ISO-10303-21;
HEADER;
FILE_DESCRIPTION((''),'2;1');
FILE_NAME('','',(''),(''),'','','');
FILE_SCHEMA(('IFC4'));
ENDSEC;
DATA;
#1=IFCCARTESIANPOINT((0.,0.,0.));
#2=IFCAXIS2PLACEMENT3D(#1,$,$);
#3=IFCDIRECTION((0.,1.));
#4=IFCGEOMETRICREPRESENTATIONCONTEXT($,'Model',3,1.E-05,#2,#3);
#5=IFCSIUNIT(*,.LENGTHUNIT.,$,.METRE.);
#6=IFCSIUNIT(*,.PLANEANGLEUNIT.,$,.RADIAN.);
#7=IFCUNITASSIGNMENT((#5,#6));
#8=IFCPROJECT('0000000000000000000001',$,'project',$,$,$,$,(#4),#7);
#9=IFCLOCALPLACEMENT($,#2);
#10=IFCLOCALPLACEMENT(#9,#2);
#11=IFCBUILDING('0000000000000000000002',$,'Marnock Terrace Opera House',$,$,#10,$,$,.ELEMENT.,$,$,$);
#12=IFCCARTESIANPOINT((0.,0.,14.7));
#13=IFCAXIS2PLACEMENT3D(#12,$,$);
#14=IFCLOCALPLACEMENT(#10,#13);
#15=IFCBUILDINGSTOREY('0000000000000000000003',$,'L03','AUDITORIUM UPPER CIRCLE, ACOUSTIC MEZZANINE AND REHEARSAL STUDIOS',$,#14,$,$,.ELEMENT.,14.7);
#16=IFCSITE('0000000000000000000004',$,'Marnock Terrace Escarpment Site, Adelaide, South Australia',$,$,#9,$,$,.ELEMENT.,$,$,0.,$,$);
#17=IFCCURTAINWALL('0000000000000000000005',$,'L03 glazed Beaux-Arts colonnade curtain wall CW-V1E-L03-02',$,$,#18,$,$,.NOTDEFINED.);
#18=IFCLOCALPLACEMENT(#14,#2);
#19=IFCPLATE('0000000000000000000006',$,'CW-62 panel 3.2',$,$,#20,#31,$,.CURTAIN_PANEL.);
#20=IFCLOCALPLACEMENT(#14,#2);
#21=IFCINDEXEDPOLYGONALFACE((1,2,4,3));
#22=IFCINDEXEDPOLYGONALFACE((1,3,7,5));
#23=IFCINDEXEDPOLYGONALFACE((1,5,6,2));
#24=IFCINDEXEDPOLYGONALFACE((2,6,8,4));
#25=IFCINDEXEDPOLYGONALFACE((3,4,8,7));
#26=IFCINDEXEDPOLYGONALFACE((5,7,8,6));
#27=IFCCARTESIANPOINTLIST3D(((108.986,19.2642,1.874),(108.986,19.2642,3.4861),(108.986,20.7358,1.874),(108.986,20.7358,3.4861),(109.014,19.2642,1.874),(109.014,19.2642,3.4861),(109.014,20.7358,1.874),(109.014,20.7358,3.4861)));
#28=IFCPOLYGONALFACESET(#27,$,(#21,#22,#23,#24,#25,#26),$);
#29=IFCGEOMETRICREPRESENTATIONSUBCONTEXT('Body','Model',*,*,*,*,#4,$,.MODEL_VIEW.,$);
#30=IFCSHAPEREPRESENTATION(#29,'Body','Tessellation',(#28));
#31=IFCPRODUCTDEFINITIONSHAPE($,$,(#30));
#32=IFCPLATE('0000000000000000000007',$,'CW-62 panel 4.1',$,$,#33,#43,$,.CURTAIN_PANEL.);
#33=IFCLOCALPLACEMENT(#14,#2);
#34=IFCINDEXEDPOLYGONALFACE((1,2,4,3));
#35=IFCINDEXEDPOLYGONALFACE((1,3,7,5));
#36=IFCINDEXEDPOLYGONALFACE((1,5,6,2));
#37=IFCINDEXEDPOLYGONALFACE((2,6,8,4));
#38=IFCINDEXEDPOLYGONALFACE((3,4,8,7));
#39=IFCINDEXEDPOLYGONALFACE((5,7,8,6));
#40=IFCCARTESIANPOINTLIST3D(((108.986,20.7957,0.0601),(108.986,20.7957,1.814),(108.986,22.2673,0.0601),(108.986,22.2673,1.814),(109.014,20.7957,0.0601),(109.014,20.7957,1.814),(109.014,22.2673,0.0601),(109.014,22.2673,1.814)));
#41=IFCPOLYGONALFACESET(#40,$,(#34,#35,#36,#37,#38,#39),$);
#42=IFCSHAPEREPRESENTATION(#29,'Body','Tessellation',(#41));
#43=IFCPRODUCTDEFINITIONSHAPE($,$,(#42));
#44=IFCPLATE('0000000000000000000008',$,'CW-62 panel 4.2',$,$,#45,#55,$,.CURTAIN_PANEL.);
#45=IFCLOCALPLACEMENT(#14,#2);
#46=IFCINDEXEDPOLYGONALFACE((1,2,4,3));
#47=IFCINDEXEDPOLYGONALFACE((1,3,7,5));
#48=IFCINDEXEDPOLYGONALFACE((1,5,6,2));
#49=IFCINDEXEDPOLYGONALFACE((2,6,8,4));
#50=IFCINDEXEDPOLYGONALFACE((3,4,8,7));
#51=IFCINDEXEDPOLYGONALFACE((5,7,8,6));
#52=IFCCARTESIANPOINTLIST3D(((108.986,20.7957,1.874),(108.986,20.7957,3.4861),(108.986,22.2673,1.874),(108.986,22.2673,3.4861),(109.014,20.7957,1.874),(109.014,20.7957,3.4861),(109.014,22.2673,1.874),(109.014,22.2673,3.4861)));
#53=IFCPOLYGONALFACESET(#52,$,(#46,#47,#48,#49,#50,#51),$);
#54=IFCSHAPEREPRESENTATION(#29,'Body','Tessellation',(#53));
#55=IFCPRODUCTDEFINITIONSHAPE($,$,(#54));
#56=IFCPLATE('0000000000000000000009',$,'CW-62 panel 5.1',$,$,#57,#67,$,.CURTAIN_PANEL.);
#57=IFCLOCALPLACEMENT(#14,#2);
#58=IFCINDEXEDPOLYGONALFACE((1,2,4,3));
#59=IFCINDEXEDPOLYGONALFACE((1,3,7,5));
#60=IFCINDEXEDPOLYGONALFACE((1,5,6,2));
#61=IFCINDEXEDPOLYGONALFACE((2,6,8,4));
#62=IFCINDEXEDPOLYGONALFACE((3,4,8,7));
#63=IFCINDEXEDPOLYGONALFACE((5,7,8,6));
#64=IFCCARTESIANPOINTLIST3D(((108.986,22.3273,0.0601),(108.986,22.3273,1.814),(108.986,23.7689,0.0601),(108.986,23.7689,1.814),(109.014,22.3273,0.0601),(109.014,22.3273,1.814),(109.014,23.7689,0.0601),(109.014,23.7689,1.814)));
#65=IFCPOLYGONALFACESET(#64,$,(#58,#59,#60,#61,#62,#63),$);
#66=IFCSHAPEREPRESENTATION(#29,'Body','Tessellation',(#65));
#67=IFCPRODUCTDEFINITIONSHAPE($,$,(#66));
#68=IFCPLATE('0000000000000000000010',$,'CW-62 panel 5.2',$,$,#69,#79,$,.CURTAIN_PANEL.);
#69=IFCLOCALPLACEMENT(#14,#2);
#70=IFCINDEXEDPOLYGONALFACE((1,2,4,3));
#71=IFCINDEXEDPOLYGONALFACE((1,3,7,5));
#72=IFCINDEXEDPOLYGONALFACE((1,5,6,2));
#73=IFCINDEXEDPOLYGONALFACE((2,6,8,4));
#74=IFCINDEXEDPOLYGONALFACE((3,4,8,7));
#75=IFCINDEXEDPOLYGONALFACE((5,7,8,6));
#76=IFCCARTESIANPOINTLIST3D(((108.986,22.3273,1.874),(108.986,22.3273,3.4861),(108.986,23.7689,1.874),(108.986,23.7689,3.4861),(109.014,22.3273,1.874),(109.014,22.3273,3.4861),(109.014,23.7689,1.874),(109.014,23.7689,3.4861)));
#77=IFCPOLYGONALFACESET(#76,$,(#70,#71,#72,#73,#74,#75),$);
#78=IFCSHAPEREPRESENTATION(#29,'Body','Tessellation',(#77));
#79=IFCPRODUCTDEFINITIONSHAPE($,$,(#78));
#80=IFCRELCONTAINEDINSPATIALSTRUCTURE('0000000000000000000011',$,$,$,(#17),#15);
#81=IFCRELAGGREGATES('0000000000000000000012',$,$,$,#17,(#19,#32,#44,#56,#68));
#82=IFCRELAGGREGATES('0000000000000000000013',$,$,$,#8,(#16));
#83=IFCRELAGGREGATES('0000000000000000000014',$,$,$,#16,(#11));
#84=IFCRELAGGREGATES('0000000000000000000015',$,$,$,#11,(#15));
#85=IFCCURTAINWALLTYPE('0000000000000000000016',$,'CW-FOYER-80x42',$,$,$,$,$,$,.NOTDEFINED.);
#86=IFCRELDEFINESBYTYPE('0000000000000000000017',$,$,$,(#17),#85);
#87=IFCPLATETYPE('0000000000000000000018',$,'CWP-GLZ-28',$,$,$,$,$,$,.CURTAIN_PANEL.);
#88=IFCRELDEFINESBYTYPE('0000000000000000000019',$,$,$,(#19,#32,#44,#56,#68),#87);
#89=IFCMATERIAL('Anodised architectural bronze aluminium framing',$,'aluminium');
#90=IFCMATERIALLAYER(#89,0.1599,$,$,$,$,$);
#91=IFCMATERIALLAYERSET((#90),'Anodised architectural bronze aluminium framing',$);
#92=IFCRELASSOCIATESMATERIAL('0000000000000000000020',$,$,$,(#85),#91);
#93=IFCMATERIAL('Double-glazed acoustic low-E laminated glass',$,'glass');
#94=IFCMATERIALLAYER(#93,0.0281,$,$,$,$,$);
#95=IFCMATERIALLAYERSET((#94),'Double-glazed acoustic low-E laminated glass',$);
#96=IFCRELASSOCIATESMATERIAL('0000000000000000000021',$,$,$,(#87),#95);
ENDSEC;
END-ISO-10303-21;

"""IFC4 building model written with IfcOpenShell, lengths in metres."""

from ifc_helpers import new_model, si_unit, direction, frame, origin, origin_2d, place, context, subcontext, project, spatial, rectangle, extrude, material, layer, layer_set, type_object, element, aggregate, save


model = new_model("IFC4")

# Units and contexts
model_context = context("Model", 3, precision=1e-05, world=origin(), true_north=direction((0.0, 1.0)))
body_context = subcontext(model_context, "Body", "Model", "MODEL_VIEW")
ifc_project = project(units=[si_unit("LENGTHUNIT", "METRE"), si_unit("PLANEANGLEUNIT", "RADIAN")], contexts=[model_context])

# Site, building, storey
site_placement = place(None, origin())
site = spatial("IfcSite", under=ifc_project, at=site_placement, Name="Marnock Terrace Escarpment Site, Adelaide, South Australia", CompositionType="ELEMENT", RefElevation=0.0)
building_placement = place(site_placement, origin())
building = spatial("IfcBuilding", under=site, at=building_placement, Name="Marnock Terrace Opera House", CompositionType="ELEMENT")
storey_placement = place(building_placement, frame((0.0, 0.0, 14.7)))
storey = spatial("IfcBuildingStorey", under=building, at=storey_placement, Name="L03", Description="AUDITORIUM UPPER CIRCLE, ACOUSTIC MEZZANINE AND REHEARSAL STUDIOS", CompositionType="ELEMENT", Elevation=14.7)

# Curtain wall, plates
ifc_material_1 = material(Name="Anodised architectural bronze aluminium framing", Category="aluminium")
ifc_layer_1 = layer(ifc_material_1, 0.1599)
ifc_layer_set_1 = layer_set([ifc_layer_1], Name="Anodised architectural bronze aluminium framing")
curtain_wall_type = type_object("IfcCurtainWallType", Name="CW-FOYER-80x42", PredefinedType="NOTDEFINED", material=ifc_layer_set_1)
curtain_wall_placement = place(storey_placement, origin())
curtain_wall = element("IfcCurtainWall", 1, at=curtain_wall_placement, inside=storey, type_object=curtain_wall_type, Name="L03 glazed Beaux-Arts colonnade curtain wall CW-V1E-L03-02", PredefinedType="NOTDEFINED")
ifc_material_2 = material(Name="Double-glazed acoustic low-E laminated glass", Category="glass")
ifc_layer_2 = layer(ifc_material_2, 0.0281)
ifc_layer_set_2 = layer_set([ifc_layer_2], Name="Double-glazed acoustic low-E laminated glass")
plate_type = type_object("IfcPlateType", Name="CWP-GLZ-28", PredefinedType="CURTAIN_PANEL", material=ifc_layer_set_2)
plate_1_placement = place(storey_placement, frame((109.0, 20.0, 1.874), z_axis=(0.0, 0.0, 1.0), x_axis=(0.0, 1.0, 0.0)))
plate_1 = element("IfcPlate", 2, at=plate_1_placement, type_object=plate_type, Name="CW-62 panel 3.2", PredefinedType="CURTAIN_PANEL", context=body_context, shape_type="SweptSolid", body=[
    extrude(rectangle(XDim=1.4717, YDim=0.0281, at=origin_2d()), origin(), (0.0, 0.0, 1.0), 1.6121),
])
plate_2_placement = place(storey_placement, frame((109.0, 21.5315, 0.0601), z_axis=(0.0, 0.0, 1.0), x_axis=(0.0, 1.0, 0.0)))
plate_2 = element("IfcPlate", 3, at=plate_2_placement, type_object=plate_type, Name="CW-62 panel 4.1", PredefinedType="CURTAIN_PANEL", context=body_context, shape_type="SweptSolid", body=[
    extrude(rectangle(XDim=1.4717, YDim=0.0281, at=origin_2d()), origin(), (0.0, 0.0, 1.0), 1.7539),
])
plate_3_placement = place(storey_placement, frame((109.0, 21.5315, 1.874), z_axis=(0.0, 0.0, 1.0), x_axis=(0.0, 1.0, 0.0)))
plate_3 = element("IfcPlate", 4, at=plate_3_placement, type_object=plate_type, Name="CW-62 panel 4.2", PredefinedType="CURTAIN_PANEL", context=body_context, shape_type="SweptSolid", body=[
    extrude(rectangle(XDim=1.4717, YDim=0.0281, at=origin_2d()), origin(), (0.0, 0.0, 1.0), 1.6121),
])
plate_4_placement = place(storey_placement, frame((109.0, 23.0481, 0.0601), z_axis=(0.0, 0.0, 1.0), x_axis=(0.0, 1.0, 0.0)))
plate_4 = element("IfcPlate", 5, at=plate_4_placement, type_object=plate_type, Name="CW-62 panel 5.1", PredefinedType="CURTAIN_PANEL", context=body_context, shape_type="SweptSolid", body=[
    extrude(rectangle(XDim=1.4417, YDim=0.0281, at=origin_2d()), origin(), (0.0, 0.0, 1.0), 1.7539),
])
plate_5_placement = place(storey_placement, frame((109.0, 23.0481, 1.874), z_axis=(0.0, 0.0, 1.0), x_axis=(0.0, 1.0, 0.0)))
plate_5 = element("IfcPlate", 6, at=plate_5_placement, type_object=plate_type, Name="CW-62 panel 5.2", PredefinedType="CURTAIN_PANEL", context=body_context, shape_type="SweptSolid", body=[
    extrude(rectangle(XDim=1.4417, YDim=0.0281, at=origin_2d()), origin(), (0.0, 0.0, 1.0), 1.6121),
])
aggregate(curtain_wall, [plate_1, plate_2, plate_3, plate_4, plate_5])

save(model, "model.ifc")
